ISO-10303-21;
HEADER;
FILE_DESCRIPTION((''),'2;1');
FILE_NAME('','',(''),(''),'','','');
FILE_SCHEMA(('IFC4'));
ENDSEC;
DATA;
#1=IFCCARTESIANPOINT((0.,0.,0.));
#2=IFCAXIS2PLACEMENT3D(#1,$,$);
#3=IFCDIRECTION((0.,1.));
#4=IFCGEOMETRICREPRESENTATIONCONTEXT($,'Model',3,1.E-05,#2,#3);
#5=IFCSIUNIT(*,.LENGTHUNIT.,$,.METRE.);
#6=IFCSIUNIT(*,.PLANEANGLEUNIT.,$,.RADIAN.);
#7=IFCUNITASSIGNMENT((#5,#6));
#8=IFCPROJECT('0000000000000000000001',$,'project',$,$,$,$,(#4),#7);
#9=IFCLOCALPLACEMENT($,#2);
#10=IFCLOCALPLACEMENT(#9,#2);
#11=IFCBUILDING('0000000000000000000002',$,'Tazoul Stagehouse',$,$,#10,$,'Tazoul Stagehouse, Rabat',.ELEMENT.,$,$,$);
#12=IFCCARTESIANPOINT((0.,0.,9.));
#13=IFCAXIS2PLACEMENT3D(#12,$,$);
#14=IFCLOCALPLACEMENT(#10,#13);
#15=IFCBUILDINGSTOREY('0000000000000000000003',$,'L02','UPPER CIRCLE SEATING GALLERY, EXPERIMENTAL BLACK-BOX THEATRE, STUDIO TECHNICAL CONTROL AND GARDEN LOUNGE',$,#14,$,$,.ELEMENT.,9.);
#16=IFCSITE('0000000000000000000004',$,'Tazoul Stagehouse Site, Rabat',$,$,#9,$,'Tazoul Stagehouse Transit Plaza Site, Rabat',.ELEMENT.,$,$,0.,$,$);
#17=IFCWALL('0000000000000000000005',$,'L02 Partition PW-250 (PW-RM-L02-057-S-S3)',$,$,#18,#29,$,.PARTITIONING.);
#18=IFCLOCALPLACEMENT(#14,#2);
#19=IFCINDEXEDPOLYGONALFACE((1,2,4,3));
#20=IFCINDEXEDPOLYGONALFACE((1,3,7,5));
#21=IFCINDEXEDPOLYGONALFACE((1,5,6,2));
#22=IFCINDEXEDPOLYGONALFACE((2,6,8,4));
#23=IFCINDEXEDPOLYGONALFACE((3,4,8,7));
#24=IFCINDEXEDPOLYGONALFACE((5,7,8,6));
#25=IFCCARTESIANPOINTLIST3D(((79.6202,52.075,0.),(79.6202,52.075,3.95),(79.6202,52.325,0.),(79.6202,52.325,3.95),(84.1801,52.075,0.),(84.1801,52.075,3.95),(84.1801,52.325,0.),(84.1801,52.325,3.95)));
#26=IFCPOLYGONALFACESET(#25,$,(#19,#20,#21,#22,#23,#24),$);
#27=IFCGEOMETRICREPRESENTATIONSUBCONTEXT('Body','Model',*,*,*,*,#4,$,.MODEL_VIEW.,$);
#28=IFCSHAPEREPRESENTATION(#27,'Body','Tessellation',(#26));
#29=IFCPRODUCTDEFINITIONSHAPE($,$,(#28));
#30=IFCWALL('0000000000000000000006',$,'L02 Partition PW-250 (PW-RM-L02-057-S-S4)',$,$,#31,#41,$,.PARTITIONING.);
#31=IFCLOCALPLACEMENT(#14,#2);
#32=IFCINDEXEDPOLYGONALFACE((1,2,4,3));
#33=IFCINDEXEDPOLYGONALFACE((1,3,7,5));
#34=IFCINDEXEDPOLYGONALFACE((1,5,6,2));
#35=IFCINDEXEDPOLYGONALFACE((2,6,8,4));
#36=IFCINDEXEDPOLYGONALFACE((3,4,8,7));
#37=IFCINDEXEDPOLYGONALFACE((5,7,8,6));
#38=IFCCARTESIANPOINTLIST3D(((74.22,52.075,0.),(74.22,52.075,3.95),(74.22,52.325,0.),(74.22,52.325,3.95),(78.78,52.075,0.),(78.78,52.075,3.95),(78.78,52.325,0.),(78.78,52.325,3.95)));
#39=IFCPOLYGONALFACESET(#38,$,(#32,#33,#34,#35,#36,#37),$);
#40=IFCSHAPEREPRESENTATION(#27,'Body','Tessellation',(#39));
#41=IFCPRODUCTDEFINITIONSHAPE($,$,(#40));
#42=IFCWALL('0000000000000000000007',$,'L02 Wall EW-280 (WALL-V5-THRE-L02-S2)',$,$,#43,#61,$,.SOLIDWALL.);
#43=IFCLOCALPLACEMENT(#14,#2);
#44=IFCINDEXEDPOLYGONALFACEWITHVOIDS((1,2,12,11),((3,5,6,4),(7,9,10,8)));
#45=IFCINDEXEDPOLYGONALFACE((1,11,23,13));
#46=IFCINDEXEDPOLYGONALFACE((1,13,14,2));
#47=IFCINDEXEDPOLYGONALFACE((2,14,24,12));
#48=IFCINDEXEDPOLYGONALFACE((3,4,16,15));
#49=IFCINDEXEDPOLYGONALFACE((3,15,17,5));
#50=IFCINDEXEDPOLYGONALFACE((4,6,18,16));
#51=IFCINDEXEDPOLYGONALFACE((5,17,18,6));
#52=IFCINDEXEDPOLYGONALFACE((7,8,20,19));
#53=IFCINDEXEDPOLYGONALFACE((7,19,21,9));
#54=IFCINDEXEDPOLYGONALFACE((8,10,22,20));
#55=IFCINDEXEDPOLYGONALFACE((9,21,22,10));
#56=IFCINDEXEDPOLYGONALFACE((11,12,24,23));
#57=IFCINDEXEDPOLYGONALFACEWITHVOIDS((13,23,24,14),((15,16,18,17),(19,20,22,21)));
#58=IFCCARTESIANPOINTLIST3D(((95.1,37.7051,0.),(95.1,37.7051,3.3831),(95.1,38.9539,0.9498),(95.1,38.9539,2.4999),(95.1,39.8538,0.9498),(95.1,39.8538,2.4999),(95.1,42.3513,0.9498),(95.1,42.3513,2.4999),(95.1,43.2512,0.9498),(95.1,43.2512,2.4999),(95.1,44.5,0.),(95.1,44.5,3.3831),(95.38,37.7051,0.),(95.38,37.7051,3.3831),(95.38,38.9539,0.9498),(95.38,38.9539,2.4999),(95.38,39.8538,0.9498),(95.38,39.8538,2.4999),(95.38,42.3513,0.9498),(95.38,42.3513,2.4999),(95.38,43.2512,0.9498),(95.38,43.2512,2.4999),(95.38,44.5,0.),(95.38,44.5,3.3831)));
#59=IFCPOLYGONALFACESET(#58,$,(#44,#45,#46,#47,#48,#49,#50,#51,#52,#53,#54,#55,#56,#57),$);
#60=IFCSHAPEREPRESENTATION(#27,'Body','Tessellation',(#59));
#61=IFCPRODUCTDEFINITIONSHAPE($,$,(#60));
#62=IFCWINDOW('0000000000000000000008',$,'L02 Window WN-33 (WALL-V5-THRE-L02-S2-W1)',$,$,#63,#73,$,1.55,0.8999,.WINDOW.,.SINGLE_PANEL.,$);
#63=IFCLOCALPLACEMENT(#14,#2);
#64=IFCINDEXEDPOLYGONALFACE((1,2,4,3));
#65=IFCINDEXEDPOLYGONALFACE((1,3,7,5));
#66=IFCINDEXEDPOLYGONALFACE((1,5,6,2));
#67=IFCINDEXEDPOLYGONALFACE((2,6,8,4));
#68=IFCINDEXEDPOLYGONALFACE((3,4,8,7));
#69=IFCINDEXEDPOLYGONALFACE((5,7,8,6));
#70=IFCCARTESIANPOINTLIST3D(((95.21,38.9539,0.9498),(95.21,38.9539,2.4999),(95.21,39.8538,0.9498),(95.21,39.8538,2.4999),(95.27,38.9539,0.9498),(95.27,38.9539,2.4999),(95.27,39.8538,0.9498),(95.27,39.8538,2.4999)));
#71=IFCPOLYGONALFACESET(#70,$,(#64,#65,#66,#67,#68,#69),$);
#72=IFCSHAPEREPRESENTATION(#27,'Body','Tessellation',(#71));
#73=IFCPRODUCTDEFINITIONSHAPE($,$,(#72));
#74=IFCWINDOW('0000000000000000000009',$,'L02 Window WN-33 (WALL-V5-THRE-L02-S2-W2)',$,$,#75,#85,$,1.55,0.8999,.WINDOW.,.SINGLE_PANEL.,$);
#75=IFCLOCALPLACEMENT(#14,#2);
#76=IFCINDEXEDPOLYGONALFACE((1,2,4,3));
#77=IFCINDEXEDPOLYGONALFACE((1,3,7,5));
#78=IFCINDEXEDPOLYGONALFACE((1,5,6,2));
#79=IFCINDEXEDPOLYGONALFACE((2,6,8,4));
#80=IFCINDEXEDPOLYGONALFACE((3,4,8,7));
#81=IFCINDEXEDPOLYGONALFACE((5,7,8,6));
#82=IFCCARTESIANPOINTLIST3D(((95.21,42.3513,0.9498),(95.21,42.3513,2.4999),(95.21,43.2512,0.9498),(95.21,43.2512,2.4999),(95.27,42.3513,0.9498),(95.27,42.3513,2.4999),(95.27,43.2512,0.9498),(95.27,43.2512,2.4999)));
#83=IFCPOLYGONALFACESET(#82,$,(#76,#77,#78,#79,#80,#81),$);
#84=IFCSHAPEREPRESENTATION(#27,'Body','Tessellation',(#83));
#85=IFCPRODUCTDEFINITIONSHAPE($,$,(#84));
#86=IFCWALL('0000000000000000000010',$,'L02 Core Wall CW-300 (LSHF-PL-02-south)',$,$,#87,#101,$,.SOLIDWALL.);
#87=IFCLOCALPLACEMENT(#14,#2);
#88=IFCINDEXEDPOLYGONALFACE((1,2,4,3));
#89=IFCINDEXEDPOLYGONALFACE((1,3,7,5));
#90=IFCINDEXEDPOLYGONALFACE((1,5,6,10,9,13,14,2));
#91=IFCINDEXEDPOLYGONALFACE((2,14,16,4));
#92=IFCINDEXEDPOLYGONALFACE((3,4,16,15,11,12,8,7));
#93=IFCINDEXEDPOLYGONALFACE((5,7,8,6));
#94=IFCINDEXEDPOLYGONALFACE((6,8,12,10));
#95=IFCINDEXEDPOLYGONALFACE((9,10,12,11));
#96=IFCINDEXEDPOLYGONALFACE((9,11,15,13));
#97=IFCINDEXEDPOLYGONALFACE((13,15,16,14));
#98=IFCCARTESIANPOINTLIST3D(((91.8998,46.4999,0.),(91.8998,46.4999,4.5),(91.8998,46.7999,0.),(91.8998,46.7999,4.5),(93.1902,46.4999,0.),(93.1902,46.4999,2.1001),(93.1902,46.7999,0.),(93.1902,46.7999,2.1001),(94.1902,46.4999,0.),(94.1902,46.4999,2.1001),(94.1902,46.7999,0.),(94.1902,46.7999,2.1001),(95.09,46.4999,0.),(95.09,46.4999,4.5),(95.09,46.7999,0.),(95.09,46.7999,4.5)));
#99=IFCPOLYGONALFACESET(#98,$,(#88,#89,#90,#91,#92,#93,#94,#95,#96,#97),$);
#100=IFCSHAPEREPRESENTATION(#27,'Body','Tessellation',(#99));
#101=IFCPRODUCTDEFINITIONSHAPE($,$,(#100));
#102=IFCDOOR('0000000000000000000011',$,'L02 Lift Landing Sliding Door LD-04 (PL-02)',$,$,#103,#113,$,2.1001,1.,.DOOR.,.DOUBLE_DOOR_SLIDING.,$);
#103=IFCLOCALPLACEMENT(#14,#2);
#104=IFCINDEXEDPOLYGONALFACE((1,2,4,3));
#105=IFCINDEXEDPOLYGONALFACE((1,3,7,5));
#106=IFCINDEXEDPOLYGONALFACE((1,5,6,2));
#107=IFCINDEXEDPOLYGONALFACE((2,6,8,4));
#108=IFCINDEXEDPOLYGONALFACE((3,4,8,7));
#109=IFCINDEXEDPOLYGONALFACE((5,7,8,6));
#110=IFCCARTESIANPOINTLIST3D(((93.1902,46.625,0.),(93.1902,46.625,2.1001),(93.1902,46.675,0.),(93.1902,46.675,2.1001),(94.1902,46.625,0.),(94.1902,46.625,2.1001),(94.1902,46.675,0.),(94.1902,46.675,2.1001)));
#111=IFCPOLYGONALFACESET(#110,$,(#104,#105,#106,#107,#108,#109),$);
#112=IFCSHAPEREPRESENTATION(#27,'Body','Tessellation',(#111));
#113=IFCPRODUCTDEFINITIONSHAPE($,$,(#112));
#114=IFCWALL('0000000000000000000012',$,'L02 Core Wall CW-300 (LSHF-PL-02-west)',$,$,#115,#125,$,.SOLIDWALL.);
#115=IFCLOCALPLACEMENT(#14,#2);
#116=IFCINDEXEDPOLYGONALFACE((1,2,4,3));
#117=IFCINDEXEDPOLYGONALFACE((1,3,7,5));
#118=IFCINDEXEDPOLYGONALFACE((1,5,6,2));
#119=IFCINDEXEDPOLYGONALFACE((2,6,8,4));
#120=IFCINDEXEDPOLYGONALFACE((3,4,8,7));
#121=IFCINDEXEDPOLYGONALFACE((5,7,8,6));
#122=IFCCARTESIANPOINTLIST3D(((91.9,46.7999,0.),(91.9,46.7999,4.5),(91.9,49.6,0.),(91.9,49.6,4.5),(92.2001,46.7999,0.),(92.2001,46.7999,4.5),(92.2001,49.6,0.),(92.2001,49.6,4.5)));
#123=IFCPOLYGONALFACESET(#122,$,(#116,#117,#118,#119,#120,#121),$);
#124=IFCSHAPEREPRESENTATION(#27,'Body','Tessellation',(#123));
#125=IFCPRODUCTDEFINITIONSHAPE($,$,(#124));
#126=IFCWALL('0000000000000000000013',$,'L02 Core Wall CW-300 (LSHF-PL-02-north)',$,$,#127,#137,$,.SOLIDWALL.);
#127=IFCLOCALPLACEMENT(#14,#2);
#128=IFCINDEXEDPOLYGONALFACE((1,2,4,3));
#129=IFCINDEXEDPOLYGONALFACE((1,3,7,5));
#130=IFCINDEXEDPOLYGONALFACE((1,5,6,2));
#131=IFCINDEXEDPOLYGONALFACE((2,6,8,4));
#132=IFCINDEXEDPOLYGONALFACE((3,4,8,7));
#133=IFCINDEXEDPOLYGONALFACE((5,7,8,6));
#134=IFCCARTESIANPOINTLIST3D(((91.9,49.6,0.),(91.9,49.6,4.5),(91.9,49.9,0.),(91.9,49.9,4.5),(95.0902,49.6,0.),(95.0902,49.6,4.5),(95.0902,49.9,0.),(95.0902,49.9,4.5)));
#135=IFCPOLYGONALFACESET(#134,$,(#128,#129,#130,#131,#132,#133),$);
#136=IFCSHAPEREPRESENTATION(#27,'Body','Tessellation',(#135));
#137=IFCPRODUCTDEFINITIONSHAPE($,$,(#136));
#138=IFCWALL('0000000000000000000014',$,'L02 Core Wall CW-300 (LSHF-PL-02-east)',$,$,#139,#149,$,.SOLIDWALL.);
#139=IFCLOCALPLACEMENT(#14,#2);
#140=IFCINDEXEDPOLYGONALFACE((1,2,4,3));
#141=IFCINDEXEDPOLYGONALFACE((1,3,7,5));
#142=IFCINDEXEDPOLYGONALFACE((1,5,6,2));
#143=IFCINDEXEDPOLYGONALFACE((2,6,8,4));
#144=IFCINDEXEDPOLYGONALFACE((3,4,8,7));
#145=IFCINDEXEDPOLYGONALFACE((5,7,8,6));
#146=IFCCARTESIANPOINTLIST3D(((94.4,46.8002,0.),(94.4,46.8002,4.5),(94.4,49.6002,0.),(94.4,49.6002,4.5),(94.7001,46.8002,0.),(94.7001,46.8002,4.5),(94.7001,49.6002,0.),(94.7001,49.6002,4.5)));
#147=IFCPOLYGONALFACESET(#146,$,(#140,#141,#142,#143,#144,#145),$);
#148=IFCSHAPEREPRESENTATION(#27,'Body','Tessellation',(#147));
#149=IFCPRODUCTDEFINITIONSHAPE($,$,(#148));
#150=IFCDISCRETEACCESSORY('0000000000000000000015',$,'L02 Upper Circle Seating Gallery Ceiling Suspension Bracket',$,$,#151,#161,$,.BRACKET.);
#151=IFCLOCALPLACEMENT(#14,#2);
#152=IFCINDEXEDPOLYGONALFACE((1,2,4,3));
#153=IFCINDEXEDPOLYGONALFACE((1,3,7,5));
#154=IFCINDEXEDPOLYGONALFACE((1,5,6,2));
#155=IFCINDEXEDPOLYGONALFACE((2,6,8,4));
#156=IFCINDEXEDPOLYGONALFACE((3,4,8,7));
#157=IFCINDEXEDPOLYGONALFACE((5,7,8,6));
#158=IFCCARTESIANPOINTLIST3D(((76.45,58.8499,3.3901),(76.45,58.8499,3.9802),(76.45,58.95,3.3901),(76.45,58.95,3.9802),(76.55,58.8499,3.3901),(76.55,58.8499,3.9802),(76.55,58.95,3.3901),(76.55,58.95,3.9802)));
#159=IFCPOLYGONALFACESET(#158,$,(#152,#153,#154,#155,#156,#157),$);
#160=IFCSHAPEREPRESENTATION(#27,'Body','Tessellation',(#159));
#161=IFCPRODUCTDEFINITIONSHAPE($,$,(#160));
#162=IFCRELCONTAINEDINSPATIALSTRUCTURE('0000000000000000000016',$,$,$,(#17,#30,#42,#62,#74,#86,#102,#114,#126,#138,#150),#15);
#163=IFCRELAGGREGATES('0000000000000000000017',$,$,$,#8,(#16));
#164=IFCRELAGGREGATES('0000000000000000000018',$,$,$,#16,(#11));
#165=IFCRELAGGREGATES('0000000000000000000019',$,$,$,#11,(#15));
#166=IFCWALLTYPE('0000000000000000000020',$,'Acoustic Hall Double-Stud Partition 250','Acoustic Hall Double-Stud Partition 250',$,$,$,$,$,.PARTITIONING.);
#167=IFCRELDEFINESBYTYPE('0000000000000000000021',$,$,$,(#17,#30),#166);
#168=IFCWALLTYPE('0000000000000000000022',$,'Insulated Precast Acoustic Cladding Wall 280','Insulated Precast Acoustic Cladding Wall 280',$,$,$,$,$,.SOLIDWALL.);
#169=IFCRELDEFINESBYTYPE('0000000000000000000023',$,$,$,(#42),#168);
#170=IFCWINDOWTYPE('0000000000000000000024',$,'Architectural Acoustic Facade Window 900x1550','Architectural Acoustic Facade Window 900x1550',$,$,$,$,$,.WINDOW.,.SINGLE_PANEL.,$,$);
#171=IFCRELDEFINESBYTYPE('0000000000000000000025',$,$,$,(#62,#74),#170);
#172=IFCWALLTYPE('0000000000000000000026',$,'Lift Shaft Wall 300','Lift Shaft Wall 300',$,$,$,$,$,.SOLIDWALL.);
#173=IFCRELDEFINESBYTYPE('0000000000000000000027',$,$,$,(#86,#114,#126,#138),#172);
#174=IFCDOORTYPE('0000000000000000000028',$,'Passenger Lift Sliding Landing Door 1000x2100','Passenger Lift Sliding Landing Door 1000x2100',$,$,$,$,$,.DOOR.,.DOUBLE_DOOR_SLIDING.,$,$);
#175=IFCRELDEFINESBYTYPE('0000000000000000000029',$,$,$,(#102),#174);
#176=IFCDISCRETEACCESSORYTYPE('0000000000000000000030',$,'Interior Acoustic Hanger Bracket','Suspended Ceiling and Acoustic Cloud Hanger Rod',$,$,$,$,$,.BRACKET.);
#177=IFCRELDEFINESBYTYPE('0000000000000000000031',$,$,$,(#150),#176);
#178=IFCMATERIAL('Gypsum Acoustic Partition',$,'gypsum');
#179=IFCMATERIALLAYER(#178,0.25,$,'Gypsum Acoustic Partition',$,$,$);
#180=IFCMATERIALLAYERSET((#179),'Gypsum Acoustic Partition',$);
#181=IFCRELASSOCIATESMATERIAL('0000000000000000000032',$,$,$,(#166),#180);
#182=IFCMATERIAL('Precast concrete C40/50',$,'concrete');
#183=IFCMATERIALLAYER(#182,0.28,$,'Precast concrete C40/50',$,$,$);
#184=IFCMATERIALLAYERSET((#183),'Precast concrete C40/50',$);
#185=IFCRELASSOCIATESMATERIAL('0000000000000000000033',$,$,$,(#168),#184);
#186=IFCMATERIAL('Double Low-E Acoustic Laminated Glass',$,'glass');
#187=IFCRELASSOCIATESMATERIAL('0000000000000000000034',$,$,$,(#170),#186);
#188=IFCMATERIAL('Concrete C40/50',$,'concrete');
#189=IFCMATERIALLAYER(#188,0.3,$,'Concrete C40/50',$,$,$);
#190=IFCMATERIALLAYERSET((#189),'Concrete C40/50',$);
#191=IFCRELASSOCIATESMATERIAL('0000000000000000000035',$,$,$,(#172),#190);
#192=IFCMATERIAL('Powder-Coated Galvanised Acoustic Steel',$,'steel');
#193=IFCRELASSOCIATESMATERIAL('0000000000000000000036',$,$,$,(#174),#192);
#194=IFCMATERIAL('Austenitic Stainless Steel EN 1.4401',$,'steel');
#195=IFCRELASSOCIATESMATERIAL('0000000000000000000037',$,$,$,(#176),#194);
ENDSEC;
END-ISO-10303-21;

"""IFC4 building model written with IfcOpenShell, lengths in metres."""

from ifc_helpers import new_model, si_unit, direction, frame, frame_2d, origin, origin_2d, place, context, subcontext, project, spatial, rectangle, extrude, material, layer, layer_set, type_object, element, fill, save


model = new_model("IFC4")

# Units and contexts
model_context = context("Model", 3, precision=1e-05, world=origin(), true_north=direction((0.0, 1.0)))
body_context = subcontext(model_context, "Body", "Model", "MODEL_VIEW")
ifc_project = project(units=[si_unit("LENGTHUNIT", "METRE"), si_unit("PLANEANGLEUNIT", "RADIAN")], contexts=[model_context])

# Site, building, storey
site_placement = place(None, origin())
site = spatial("IfcSite", under=ifc_project, at=site_placement, Name="Tazoul Stagehouse Site, Rabat", LongName="Tazoul Stagehouse Transit Plaza Site, Rabat", CompositionType="ELEMENT", RefElevation=0.0)
building_placement = place(site_placement, origin())
building = spatial("IfcBuilding", under=site, at=building_placement, Name="Tazoul Stagehouse", LongName="Tazoul Stagehouse, Rabat", CompositionType="ELEMENT")
storey_placement = place(building_placement, frame((0.0, 0.0, 9.0)))
storey = spatial("IfcBuildingStorey", under=building, at=storey_placement, Name="L02", Description="UPPER CIRCLE SEATING GALLERY, EXPERIMENTAL BLACK-BOX THEATRE, STUDIO TECHNICAL CONTROL AND GARDEN LOUNGE", CompositionType="ELEMENT", Elevation=9.0)

# Shared definitions
ifc_material_1 = material(Name="Concrete C40/50", Category="concrete")

# Shared definitions
ifc_material_2 = material(Name="Gypsum Acoustic Partition", Category="gypsum")
ifc_layer_1 = layer(ifc_material_2, 0.25, Name="Gypsum Acoustic Partition")
ifc_layer_set_1 = layer_set([ifc_layer_1], Name="Gypsum Acoustic Partition")
wall_type_1 = type_object("IfcWallType", Name="Acoustic Hall Double-Stud Partition 250", Description="Acoustic Hall Double-Stud Partition 250", PredefinedType="PARTITIONING", material=ifc_layer_set_1)

# Walls
wall_1_placement = place(storey_placement, frame((84.1799, 52.2, 0.0), z_axis=(0.0, 0.0, 1.0), x_axis=(-1.0, 0.0, 0.0)))
element("IfcWall", 1, at=wall_1_placement, inside=storey, type_object=wall_type_1, Name="L02 Partition PW-250 (PW-RM-L02-057-S-S3)", PredefinedType="PARTITIONING", context=body_context, shape_type="SweptSolid", body=[
    extrude(rectangle(XDim=4.5598, YDim=0.25, at=frame_2d((2.2798, 0.0))), origin(), (0.0, 0.0, 1.0), 3.95),
])
wall_2_placement = place(storey_placement, frame((78.78, 52.2, 0.0), z_axis=(0.0, 0.0, 1.0), x_axis=(-1.0, 0.0, 0.0)))
element("IfcWall", 2, at=wall_2_placement, inside=storey, type_object=wall_type_1, Name="L02 Partition PW-250 (PW-RM-L02-057-S-S4)", PredefinedType="PARTITIONING", context=body_context, shape_type="SweptSolid", body=[
    extrude(rectangle(XDim=4.5601, YDim=0.25, at=frame_2d((2.28, 0.0))), origin(), (0.0, 0.0, 1.0), 3.95),
])

# Wall, openings, windows
ifc_material_3 = material(Name="Precast concrete C40/50", Category="concrete")
ifc_layer_2 = layer(ifc_material_3, 0.28, Name="Precast concrete C40/50")
ifc_layer_set_2 = layer_set([ifc_layer_2], Name="Precast concrete C40/50")
wall_type_2 = type_object("IfcWallType", Name="Insulated Precast Acoustic Cladding Wall 280", Description="Insulated Precast Acoustic Cladding Wall 280", PredefinedType="SOLIDWALL", material=ifc_layer_set_2)
wall_3_placement = place(storey_placement, frame((95.24, 37.7051, 0.0), z_axis=(0.0, 0.0, 1.0), x_axis=(0.0, 1.0, 0.0)))
wall_3 = element("IfcWall", 3, at=wall_3_placement, inside=storey, type_object=wall_type_2, Name="L02 Wall EW-280 (WALL-V5-THRE-L02-S2)", PredefinedType="SOLIDWALL", context=body_context, shape_type="SweptSolid", body=[
    extrude(rectangle(XDim=6.7949, YDim=0.28, at=frame_2d((3.3975, 0.0))), origin(), (0.0, 0.0, 1.0), 3.3831),
])
opening_1_placement = place(wall_3_placement, frame((1.2488, 0.0, 0.95)))
opening_1 = element("IfcOpeningElement", 4, at=opening_1_placement, cuts=wall_3, PredefinedType="OPENING", context=body_context, shape_type="SweptSolid", body=[
    extrude(rectangle(XDim=0.8999, YDim=1.55, at=frame_2d((0.45, 0.7749))), frame((0.0, 0.1599, 0.0), z_axis=(0.0, -1.0, 0.0), x_axis=(1.0, 0.0, 0.0)), (0.0, 0.0, 1.0), 0.3201),
])
opening_2_placement = place(wall_3_placement, frame((4.6462, 0.0, 0.95)))
opening_2 = element("IfcOpeningElement", 5, at=opening_2_placement, cuts=wall_3, PredefinedType="OPENING", context=body_context, shape_type="SweptSolid", body=[
    extrude(rectangle(XDim=0.8999, YDim=1.55, at=frame_2d((0.45, 0.7749))), frame((0.0, 0.1599, 0.0), z_axis=(0.0, -1.0, 0.0), x_axis=(1.0, 0.0, 0.0)), (0.0, 0.0, 1.0), 0.3201),
])
ifc_material_4 = material(Name="Double Low-E Acoustic Laminated Glass", Category="glass")
window_type = type_object("IfcWindowType", Name="Architectural Acoustic Facade Window 900x1550", Description="Architectural Acoustic Facade Window 900x1550", PartitioningType="SINGLE_PANEL", PredefinedType="WINDOW", material=ifc_material_4)
window_1_placement = place(opening_1_placement, origin())
window_1 = element("IfcWindow", 6, at=window_1_placement, inside=storey, type_object=window_type, Name="L02 Window WN-33 (WALL-V5-THRE-L02-S2-W1)", OverallHeight=1.55, OverallWidth=0.8999, PartitioningType="SINGLE_PANEL", PredefinedType="WINDOW", context=body_context, shape_type="SweptSolid", body=[
    extrude(rectangle(XDim=0.8999, YDim=1.55, at=frame_2d((0.45, 0.7749))), frame((0.0, 0.03, 0.0), z_axis=(0.0, -1.0, 0.0), x_axis=(1.0, 0.0, 0.0)), (0.0, 0.0, 1.0), 0.0601),
])
fill(opening_1, window_1)
window_2_placement = place(opening_2_placement, origin())
window_2 = element("IfcWindow", 7, at=window_2_placement, inside=storey, type_object=window_type, Name="L02 Window WN-33 (WALL-V5-THRE-L02-S2-W2)", OverallHeight=1.55, OverallWidth=0.8999, PartitioningType="SINGLE_PANEL", PredefinedType="WINDOW", context=body_context, shape_type="SweptSolid", body=[
    extrude(rectangle(XDim=0.8999, YDim=1.55, at=frame_2d((0.45, 0.7749))), frame((0.0, 0.03, 0.0), z_axis=(0.0, -1.0, 0.0), x_axis=(1.0, 0.0, 0.0)), (0.0, 0.0, 1.0), 0.0601),
])
fill(opening_2, window_2)

# Wall, opening, door
ifc_layer_3 = layer(ifc_material_1, 0.3, Name="Concrete C40/50")
ifc_layer_set_3 = layer_set([ifc_layer_3], Name="Concrete C40/50")
wall_type_3 = type_object("IfcWallType", Name="Lift Shaft Wall 300", Description="Lift Shaft Wall 300", PredefinedType="SOLIDWALL", material=ifc_layer_set_3)
wall_4_placement = place(storey_placement, frame((95.0901, 46.6499, 0.0), z_axis=(0.0, 0.0, 1.0), x_axis=(-1.0, 0.0, 0.0)))
wall_4 = element("IfcWall", 8, at=wall_4_placement, inside=storey, type_object=wall_type_3, Name="L02 Core Wall CW-300 (LSHF-PL-02-south)", PredefinedType="SOLIDWALL", context=body_context, shape_type="SweptSolid", body=[
    extrude(rectangle(XDim=3.1902, YDim=0.3, at=frame_2d((1.5952, 0.0))), origin(), (0.0, 0.0, 1.0), 4.5),
])
opening_3_placement = place(wall_4_placement, frame((0.8999, 0.0, 0.0)))
opening_3 = element("IfcOpeningElement", 9, at=opening_3_placement, cuts=wall_4, PredefinedType="OPENING", context=body_context, shape_type="SweptSolid", body=[
    extrude(rectangle(XDim=1.0, YDim=2.1001, at=frame_2d((0.5, 1.05))), frame((0.0, 0.1699, 0.0), z_axis=(0.0, -1.0, 0.0), x_axis=(1.0, 0.0, 0.0)), (0.0, 0.0, 1.0), 0.3401),
])
ifc_material_5 = material(Name="Powder-Coated Galvanised Acoustic Steel", Category="steel")
door_type_1 = type_object("IfcDoorType", Name="Passenger Lift Sliding Landing Door 1000x2100", Description="Passenger Lift Sliding Landing Door 1000x2100", OperationType="DOUBLE_DOOR_SLIDING", PredefinedType="DOOR", material=ifc_material_5)
door_1_placement = place(opening_3_placement, origin())
door_1 = element("IfcDoor", 10, at=door_1_placement, inside=storey, type_object=door_type_1, Name="L02 Lift Landing Sliding Door LD-04 (PL-02)", OperationType="DOUBLE_DOOR_SLIDING", OverallHeight=2.1001, OverallWidth=1.0, PredefinedType="DOOR", context=body_context, shape_type="SweptSolid", body=[
    extrude(rectangle(XDim=1.0, YDim=2.1001, at=frame_2d((0.5, 1.05))), frame((0.0, 0.0249, 0.0), z_axis=(0.0, -1.0, 0.0), x_axis=(1.0, 0.0, 0.0)), (0.0, 0.0, 1.0), 0.05),
])
fill(opening_3, door_1)

# Walls
wall_5_placement = place(storey_placement, frame((92.05, 46.8, 0.0), z_axis=(0.0, 0.0, 1.0), x_axis=(0.0, 1.0, 0.0)))
element("IfcWall", 11, at=wall_5_placement, inside=storey, type_object=wall_type_3, Name="L02 Core Wall CW-300 (LSHF-PL-02-west)", PredefinedType="SOLIDWALL", context=body_context, shape_type="SweptSolid", body=[
    extrude(rectangle(XDim=2.8, YDim=0.3, at=frame_2d((1.3999, 0.0))), origin(), (0.0, 0.0, 1.0), 4.5),
])
wall_6_placement = place(storey_placement, frame((91.8999, 49.75, 0.0), z_axis=(0.0, 0.0, 1.0), x_axis=(1.0, 0.0, 0.0)))
element("IfcWall", 12, at=wall_6_placement, inside=storey, type_object=wall_type_3, Name="L02 Core Wall CW-300 (LSHF-PL-02-north)", PredefinedType="SOLIDWALL", context=body_context, shape_type="SweptSolid", body=[
    extrude(rectangle(XDim=3.1902, YDim=0.3, at=frame_2d((1.5952, 0.0))), origin(), (0.0, 0.0, 1.0), 4.5),
])
wall_7_placement = place(storey_placement, frame((94.55, 49.6001, 0.0), z_axis=(0.0, 0.0, 1.0), x_axis=(0.0, -1.0, 0.0)))
element("IfcWall", 13, at=wall_7_placement, inside=storey, type_object=wall_type_3, Name="L02 Core Wall CW-300 (LSHF-PL-02-east)", PredefinedType="SOLIDWALL", context=body_context, shape_type="SweptSolid", body=[
    extrude(rectangle(XDim=2.8, YDim=0.3, at=frame_2d((1.3999, 0.0))), origin(), (0.0, 0.0, 1.0), 4.5),
])

# Discrete accessory
ifc_material_6 = material(Name="Austenitic Stainless Steel EN 1.4401", Category="steel")
discrete_accessory_type = type_object("IfcDiscreteAccessoryType", Name="Interior Acoustic Hanger Bracket", Description="Suspended Ceiling and Acoustic Cloud Hanger Rod", PredefinedType="BRACKET", material=ifc_material_6)
discrete_accessory_placement = place(storey_placement, frame((76.5, 58.8999, 3.3901), z_axis=(0.0, 0.0, 1.0), x_axis=(1.0, 0.0, 0.0)))
element("IfcDiscreteAccessory", 14, at=discrete_accessory_placement, inside=storey, type_object=discrete_accessory_type, Name="L02 Upper Circle Seating Gallery Ceiling Suspension Bracket", PredefinedType="BRACKET", context=body_context, shape_type="SweptSolid", body=[
    extrude(rectangle(XDim=0.1001, YDim=0.1001, at=origin_2d()), origin(), (0.0, 0.0, 1.0), 0.5901),
])

save(model, "model.ifc")
